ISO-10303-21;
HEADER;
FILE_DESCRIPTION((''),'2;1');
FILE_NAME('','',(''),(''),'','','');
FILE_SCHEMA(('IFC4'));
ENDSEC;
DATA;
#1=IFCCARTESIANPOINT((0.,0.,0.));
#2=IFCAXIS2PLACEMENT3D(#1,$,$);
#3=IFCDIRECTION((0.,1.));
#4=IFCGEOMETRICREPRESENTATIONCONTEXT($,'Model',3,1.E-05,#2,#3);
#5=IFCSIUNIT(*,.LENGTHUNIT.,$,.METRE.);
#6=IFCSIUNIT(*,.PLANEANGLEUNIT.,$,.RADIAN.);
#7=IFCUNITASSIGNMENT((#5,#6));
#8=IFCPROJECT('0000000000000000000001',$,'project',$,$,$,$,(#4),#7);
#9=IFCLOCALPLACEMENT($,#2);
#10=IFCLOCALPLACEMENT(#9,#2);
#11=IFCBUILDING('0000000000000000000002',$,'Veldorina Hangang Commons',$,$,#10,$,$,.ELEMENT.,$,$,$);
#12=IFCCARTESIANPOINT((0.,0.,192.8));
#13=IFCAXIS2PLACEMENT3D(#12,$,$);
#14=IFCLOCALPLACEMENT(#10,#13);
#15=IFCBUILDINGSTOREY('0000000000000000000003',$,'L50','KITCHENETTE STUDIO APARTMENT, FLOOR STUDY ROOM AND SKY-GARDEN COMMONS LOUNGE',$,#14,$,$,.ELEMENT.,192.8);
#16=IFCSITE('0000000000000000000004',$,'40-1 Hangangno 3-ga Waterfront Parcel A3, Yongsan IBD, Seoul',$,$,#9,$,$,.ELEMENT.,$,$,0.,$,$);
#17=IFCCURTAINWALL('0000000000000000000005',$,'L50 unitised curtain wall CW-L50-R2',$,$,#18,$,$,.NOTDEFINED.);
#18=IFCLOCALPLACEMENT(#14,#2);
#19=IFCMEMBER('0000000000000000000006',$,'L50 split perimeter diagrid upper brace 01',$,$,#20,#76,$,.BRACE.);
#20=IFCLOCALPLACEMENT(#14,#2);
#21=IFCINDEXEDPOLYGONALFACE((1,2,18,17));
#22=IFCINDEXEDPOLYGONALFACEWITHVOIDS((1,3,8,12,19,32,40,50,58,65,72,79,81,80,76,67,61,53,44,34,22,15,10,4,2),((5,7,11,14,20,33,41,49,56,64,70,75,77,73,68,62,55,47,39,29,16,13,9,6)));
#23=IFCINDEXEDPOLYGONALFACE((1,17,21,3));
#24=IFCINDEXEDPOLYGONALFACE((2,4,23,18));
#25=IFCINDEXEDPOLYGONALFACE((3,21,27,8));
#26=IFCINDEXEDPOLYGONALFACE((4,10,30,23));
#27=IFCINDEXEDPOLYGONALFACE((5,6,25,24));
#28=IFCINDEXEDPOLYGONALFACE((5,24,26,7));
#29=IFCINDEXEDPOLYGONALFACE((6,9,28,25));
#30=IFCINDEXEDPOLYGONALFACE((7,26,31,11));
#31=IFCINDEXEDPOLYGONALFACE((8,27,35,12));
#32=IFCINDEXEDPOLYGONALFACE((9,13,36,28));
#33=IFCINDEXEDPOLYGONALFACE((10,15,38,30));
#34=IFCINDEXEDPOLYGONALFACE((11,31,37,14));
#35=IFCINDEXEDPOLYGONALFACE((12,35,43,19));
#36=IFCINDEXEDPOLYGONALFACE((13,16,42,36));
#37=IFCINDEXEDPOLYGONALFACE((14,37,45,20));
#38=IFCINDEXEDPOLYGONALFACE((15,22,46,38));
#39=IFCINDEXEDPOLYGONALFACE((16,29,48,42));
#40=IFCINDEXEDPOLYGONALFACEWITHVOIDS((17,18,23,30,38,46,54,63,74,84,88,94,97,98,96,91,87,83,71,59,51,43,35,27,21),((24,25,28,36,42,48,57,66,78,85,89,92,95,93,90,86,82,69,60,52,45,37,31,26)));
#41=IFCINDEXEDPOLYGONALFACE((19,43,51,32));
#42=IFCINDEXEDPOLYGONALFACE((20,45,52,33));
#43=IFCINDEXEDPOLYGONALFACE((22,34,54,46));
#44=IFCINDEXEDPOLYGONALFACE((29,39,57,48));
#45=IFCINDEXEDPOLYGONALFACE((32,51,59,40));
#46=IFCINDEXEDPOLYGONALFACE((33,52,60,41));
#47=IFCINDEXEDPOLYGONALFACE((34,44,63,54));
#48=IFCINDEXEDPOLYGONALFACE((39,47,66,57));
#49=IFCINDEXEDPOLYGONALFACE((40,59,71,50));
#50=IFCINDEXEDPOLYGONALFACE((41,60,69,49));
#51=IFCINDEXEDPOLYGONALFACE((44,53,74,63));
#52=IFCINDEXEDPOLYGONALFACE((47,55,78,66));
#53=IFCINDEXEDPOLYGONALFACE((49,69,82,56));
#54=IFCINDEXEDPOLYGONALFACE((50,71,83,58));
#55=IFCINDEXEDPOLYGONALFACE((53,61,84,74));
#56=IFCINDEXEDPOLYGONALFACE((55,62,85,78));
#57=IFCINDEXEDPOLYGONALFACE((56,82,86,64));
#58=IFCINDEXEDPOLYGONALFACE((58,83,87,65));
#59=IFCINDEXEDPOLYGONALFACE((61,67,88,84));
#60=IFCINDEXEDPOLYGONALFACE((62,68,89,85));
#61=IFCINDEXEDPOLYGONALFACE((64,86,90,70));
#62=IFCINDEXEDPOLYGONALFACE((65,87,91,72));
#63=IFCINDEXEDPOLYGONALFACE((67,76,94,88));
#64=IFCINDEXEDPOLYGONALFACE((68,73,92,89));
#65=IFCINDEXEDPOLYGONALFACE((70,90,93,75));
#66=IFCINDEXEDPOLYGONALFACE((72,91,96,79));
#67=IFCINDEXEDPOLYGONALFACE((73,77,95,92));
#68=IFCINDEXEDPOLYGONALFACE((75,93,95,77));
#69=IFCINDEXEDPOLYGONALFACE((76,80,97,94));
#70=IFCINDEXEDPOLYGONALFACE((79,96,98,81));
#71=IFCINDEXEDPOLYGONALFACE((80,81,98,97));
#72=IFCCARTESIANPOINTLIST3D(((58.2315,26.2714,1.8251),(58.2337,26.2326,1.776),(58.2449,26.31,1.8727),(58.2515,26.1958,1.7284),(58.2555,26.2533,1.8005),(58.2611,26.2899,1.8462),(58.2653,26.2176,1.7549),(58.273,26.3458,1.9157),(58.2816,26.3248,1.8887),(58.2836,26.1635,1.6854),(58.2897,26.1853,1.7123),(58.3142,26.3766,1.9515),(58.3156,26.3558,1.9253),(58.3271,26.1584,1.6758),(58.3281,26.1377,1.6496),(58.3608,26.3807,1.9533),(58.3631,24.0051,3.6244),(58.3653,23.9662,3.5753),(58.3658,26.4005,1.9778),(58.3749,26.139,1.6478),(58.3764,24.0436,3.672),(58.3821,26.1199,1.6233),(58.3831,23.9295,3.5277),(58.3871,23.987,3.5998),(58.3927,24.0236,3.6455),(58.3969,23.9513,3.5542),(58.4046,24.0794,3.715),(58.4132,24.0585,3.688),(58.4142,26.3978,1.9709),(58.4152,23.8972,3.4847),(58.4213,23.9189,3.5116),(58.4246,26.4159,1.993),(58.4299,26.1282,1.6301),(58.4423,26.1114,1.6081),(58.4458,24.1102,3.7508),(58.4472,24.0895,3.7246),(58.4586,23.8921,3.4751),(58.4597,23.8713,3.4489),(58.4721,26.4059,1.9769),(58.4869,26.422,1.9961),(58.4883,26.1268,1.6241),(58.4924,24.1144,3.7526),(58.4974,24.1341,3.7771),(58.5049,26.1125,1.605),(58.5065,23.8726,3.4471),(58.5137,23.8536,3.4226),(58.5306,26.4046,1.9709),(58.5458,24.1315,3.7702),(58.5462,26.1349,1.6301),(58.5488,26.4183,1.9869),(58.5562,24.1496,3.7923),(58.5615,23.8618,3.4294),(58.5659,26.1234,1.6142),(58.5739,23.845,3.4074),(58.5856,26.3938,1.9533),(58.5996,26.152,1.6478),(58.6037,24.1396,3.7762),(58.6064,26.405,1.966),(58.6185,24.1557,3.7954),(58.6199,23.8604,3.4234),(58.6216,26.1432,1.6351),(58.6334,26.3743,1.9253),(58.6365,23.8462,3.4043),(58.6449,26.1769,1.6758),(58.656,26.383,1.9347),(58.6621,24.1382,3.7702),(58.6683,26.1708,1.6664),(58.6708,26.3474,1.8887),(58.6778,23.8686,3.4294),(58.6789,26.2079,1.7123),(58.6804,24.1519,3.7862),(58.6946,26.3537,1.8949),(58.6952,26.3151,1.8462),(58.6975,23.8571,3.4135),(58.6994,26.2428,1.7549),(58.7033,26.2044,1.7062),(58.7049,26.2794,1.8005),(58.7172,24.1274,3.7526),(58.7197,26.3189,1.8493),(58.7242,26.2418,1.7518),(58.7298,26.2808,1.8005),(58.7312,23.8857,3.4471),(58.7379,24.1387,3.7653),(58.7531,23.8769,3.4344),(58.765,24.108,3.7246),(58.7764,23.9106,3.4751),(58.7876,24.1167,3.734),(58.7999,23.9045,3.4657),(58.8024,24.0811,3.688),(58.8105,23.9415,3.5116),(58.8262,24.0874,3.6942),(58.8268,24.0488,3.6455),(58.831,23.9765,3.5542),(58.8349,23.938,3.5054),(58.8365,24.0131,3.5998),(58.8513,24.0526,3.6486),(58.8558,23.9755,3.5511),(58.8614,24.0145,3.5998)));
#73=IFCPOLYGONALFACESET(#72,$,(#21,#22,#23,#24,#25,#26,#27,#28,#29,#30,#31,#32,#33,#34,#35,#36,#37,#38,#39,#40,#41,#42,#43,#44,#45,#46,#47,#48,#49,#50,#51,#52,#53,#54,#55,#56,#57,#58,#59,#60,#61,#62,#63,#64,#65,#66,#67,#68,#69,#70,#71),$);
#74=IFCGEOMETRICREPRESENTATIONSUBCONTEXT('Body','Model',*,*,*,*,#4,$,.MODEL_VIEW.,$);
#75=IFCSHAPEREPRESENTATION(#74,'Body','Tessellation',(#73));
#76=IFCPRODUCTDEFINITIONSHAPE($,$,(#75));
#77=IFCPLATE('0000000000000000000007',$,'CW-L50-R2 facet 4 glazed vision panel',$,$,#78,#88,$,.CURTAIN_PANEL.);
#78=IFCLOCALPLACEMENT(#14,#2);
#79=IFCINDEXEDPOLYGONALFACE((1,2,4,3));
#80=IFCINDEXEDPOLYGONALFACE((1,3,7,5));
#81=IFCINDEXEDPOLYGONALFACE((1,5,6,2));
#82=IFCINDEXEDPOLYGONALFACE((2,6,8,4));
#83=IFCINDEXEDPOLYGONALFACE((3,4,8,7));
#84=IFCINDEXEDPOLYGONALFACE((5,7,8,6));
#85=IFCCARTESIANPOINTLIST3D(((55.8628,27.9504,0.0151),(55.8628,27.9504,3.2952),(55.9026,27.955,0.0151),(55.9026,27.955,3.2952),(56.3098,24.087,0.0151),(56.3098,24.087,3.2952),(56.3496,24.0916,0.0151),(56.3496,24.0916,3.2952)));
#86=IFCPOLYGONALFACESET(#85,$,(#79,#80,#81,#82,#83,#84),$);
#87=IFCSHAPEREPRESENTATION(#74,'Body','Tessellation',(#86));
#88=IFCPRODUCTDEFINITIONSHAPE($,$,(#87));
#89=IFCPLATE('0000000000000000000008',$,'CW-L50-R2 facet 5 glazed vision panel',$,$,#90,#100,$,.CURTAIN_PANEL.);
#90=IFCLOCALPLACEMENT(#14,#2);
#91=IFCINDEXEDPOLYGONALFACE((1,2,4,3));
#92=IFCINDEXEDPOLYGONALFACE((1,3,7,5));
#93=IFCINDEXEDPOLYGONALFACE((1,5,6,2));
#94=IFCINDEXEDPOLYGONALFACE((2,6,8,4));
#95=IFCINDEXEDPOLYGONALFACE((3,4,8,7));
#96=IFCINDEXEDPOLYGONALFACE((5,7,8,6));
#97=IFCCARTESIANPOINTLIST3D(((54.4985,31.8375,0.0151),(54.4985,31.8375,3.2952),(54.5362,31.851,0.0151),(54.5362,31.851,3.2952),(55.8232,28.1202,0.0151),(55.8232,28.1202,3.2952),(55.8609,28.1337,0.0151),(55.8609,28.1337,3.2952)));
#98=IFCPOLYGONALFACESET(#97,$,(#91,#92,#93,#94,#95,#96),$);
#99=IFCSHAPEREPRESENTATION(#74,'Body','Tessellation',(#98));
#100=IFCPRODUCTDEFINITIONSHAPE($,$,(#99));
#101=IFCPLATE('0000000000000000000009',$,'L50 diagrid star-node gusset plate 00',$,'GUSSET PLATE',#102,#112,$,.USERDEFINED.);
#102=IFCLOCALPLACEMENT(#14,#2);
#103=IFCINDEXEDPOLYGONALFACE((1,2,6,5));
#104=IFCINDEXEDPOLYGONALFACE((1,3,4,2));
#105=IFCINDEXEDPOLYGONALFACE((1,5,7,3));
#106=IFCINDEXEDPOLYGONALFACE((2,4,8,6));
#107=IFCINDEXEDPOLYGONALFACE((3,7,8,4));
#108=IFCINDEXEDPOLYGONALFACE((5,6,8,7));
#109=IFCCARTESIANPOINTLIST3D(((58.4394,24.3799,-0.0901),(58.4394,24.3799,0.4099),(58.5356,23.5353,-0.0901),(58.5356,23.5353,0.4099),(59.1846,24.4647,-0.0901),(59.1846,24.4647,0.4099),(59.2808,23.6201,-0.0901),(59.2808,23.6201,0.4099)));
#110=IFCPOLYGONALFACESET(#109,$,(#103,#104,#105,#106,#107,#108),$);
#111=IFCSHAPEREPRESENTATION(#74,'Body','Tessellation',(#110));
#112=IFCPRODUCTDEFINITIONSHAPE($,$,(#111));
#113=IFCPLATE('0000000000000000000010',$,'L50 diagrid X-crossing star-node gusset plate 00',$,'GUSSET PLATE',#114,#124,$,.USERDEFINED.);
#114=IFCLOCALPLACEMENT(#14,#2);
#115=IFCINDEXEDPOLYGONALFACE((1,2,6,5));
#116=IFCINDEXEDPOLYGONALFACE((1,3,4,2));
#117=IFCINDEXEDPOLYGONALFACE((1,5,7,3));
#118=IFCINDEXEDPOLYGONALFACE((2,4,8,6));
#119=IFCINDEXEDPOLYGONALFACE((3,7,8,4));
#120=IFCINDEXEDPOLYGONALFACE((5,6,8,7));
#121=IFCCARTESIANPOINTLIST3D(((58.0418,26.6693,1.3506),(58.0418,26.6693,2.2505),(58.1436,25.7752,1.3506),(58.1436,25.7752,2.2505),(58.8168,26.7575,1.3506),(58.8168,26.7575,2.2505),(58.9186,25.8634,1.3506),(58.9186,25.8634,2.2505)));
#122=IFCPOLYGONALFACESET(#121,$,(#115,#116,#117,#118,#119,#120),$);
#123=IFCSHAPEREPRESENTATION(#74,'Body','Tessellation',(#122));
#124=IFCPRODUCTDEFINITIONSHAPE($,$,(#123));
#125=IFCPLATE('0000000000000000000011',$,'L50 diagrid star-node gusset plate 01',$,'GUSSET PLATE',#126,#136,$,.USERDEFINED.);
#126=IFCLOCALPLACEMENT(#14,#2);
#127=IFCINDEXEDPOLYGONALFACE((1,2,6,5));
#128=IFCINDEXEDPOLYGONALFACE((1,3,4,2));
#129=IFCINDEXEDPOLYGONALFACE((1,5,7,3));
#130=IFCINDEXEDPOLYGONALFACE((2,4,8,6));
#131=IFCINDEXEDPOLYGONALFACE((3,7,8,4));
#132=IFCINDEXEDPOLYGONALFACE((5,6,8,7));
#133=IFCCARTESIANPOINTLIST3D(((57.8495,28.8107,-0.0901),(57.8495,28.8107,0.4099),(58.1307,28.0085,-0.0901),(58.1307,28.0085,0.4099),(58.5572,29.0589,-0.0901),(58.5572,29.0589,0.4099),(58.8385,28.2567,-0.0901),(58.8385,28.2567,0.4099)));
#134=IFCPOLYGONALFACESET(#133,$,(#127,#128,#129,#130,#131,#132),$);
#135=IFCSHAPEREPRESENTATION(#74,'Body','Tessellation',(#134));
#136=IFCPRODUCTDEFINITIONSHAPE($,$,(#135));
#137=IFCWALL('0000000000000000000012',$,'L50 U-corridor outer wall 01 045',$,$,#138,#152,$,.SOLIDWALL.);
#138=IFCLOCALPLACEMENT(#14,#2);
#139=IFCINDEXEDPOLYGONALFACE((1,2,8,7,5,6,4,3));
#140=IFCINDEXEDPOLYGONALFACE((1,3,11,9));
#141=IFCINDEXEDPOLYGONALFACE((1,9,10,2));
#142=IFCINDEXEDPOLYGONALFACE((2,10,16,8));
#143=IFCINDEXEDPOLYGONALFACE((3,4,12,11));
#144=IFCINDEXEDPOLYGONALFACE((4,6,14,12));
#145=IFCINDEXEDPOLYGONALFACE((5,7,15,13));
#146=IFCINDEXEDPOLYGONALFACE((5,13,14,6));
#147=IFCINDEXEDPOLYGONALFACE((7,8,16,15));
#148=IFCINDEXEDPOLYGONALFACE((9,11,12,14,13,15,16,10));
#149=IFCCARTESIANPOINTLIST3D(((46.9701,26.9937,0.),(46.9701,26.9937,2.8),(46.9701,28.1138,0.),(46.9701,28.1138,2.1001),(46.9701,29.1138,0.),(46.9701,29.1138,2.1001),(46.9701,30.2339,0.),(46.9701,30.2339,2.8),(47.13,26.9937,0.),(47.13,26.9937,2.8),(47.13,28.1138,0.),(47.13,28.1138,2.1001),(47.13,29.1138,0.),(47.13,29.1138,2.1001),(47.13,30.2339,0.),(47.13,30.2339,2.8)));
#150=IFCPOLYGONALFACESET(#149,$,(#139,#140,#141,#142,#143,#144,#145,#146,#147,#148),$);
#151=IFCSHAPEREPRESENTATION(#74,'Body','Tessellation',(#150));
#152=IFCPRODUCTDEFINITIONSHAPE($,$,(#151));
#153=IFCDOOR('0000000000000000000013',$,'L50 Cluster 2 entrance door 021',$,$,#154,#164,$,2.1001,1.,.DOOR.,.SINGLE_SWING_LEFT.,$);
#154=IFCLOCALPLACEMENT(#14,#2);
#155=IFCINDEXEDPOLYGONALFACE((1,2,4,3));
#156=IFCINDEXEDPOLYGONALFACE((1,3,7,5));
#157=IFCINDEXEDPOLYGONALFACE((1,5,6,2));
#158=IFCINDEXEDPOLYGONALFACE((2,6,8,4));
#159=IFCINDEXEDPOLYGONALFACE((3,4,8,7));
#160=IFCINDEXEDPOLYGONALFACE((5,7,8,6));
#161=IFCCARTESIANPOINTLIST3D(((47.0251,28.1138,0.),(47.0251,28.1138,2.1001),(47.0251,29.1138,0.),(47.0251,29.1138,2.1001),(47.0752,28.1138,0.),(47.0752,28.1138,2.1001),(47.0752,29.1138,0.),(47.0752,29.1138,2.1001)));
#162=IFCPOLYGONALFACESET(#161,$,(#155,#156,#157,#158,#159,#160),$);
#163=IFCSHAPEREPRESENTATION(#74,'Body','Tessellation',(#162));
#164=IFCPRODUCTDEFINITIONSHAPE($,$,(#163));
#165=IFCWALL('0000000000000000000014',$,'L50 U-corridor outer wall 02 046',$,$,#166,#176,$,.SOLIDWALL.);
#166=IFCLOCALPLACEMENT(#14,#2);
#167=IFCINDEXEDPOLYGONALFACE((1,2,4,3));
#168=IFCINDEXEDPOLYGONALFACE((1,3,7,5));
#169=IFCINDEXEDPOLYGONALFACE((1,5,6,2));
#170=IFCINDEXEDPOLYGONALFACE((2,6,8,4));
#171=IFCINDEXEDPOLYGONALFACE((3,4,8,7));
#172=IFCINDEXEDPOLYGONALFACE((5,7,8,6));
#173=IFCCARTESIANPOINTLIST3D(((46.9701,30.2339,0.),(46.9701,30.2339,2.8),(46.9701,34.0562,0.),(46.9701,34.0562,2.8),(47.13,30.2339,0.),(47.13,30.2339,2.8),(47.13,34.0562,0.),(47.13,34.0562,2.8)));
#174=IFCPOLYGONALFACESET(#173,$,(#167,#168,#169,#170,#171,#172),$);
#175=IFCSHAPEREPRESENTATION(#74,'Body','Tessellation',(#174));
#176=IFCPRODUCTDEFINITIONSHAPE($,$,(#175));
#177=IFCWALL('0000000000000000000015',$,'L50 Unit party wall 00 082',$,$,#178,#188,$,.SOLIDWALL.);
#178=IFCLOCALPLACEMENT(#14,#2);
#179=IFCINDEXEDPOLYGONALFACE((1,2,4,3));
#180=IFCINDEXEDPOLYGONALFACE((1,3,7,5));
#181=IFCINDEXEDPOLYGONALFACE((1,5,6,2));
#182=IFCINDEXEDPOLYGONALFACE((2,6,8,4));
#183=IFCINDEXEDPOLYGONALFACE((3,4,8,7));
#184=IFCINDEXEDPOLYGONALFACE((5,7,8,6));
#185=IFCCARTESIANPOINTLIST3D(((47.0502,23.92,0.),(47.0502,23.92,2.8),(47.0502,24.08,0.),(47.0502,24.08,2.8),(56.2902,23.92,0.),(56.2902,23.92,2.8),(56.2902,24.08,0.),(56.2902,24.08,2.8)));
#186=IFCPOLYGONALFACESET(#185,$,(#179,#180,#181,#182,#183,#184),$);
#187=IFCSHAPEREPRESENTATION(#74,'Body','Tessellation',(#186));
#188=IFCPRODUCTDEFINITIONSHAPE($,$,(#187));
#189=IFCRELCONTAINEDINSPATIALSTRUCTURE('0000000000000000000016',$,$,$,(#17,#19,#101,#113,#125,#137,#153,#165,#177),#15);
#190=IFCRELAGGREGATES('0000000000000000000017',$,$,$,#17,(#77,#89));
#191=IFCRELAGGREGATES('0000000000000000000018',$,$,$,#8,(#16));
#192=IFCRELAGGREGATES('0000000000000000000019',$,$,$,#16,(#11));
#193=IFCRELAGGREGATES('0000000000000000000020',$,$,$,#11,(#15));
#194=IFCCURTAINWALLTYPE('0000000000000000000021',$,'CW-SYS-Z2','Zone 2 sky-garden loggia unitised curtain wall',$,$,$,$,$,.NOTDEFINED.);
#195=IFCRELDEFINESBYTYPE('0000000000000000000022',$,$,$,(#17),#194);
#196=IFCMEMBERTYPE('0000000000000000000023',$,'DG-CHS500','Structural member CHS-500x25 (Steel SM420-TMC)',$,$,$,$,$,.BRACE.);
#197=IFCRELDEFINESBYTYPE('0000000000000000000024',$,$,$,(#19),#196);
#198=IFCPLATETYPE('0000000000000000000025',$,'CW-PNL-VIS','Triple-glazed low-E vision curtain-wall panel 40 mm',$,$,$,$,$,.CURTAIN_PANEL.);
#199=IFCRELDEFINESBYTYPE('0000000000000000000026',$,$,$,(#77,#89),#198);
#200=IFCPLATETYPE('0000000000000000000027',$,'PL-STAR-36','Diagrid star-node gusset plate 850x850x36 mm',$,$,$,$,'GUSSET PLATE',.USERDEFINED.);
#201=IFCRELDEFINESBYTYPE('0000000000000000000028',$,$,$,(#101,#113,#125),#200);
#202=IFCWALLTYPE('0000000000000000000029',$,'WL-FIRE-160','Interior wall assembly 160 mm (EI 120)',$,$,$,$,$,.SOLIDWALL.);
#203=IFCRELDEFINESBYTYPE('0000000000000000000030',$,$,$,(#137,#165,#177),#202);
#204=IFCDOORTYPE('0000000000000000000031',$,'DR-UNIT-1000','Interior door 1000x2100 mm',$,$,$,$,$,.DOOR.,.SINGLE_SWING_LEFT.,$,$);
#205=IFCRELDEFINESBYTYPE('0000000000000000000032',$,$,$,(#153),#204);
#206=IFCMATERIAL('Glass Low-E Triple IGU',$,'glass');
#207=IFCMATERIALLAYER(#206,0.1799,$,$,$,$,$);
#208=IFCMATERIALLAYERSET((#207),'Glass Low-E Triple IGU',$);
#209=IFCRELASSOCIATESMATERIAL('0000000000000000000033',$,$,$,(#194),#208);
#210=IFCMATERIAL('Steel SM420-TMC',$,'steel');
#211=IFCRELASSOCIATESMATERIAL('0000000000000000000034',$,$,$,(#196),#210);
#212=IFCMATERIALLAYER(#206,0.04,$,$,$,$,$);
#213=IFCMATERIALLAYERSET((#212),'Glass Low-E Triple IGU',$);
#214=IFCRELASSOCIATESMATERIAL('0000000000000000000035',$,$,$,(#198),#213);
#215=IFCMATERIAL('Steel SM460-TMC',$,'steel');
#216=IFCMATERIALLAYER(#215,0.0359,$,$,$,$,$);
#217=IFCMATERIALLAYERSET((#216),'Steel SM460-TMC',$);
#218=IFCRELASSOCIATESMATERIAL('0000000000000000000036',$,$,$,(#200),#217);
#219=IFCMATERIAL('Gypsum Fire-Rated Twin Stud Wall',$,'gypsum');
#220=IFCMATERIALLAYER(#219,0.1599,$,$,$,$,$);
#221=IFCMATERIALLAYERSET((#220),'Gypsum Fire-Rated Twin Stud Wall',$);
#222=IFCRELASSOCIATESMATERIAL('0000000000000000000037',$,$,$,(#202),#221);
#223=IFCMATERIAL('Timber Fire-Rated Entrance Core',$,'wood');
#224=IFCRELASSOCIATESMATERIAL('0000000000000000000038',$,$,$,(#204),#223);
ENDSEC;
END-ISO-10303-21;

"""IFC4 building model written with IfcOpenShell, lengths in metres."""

from ifc_helpers import new_model, si_unit, direction, frame, frame_2d, origin, origin_2d, place, context, subcontext, project, spatial, rectangle, hollow_circle, extrude, material, layer, layer_set, material_profile, profile_set, type_object, element, fill, aggregate, save


model = new_model("IFC4")

# Units and contexts
model_context = context("Model", 3, precision=1e-05, world=origin(), true_north=direction((0.0, 1.0)))
body_context = subcontext(model_context, "Body", "Model", "MODEL_VIEW")
ifc_project = project(units=[si_unit("LENGTHUNIT", "METRE"), si_unit("PLANEANGLEUNIT", "RADIAN")], contexts=[model_context])

# Site, building, storey
site_placement = place(None, origin())
site = spatial("IfcSite", under=ifc_project, at=site_placement, Name="40-1 Hangangno 3-ga Waterfront Parcel A3, Yongsan IBD, Seoul", CompositionType="ELEMENT", RefElevation=0.0)
building_placement = place(site_placement, origin())
building = spatial("IfcBuilding", under=site, at=building_placement, Name="Veldorina Hangang Commons", CompositionType="ELEMENT")
storey_placement = place(building_placement, frame((0.0, 0.0, 192.8)))
storey = spatial("IfcBuildingStorey", under=building, at=storey_placement, Name="L50", Description="KITCHENETTE STUDIO APARTMENT, FLOOR STUDY ROOM AND SKY-GARDEN COMMONS LOUNGE", CompositionType="ELEMENT", Elevation=192.8)

# Shared definitions
ifc_material_1 = material(Name="Steel SM420-TMC", Category="steel")

# Curtain wall
ifc_material_2 = material(Name="Glass Low-E Triple IGU", Category="glass")
ifc_layer_1 = layer(ifc_material_2, 0.1799)
ifc_layer_set_1 = layer_set([ifc_layer_1], Name="Glass Low-E Triple IGU")
curtain_wall_type = type_object("IfcCurtainWallType", Name="CW-SYS-Z2", Description="Zone 2 sky-garden loggia unitised curtain wall", PredefinedType="NOTDEFINED", material=ifc_layer_set_1)
curtain_wall_placement = place(storey_placement, origin())
curtain_wall = element("IfcCurtainWall", 1, at=curtain_wall_placement, inside=storey, type_object=curtain_wall_type, Name="L50 unitised curtain wall CW-L50-R2", PredefinedType="NOTDEFINED")

# Member
ifc_material_profile_1 = material_profile(ifc_material_1, hollow_circle(Radius=0.25, WallThickness=0.0249, at=origin_2d()), Name="CHS-500x25")
ifc_profile_set_1 = profile_set([ifc_material_profile_1], Name="Steel SM420-TMC")
member_type_1 = type_object("IfcMemberType", Name="DG-CHS500", Description="Structural member CHS-500x25 (Steel SM420-TMC)", PredefinedType="BRACE", material=ifc_profile_set_1)
member_1_placement = place(storey_placement, frame((58.4802, 26.2664, 1.8005), z_axis=(0.045427, -0.782376, 0.621147), x_axis=(0.998319, 0.057965, 0.0)))
element("IfcMember", 2, at=member_1_placement, inside=storey, type_object=member_type_1, Name="L50 split perimeter diagrid upper brace 01", PredefinedType="BRACE", context=body_context, shape_type="SweptSolid", body=[
    extrude(hollow_circle(Radius=0.25, WallThickness=0.0249, at=origin_2d()), origin(), (0.0, 0.0, 1.0), 2.8967),
])

# Plates
ifc_layer_2 = layer(ifc_material_2, 0.04)
ifc_layer_set_2 = layer_set([ifc_layer_2], Name="Glass Low-E Triple IGU")
plate_type_1 = type_object("IfcPlateType", Name="CW-PNL-VIS", Description="Triple-glazed low-E vision curtain-wall panel 40 mm", PredefinedType="CURTAIN_PANEL", material=ifc_layer_set_2)
plate_1_placement = place(storey_placement, frame((56.1062, 26.021, 0.0151), z_axis=(0.0, 0.0, 1.0), x_axis=(-0.114937, 0.993373, 0.0)))
plate_1 = element("IfcPlate", 3, at=plate_1_placement, type_object=plate_type_1, Name="CW-L50-R2 facet 4 glazed vision panel", PredefinedType="CURTAIN_PANEL", context=body_context, shape_type="SweptSolid", body=[
    extrude(rectangle(XDim=3.8892, YDim=0.04, at=origin_2d()), origin(), (0.0, 0.0, 1.0), 3.28),
])
plate_2_placement = place(storey_placement, frame((55.1797, 29.9856, 0.0151), z_axis=(0.0, 0.0, 1.0), x_axis=(-0.335682, 0.941975, 0.0)))
plate_2 = element("IfcPlate", 4, at=plate_2_placement, type_object=plate_type_1, Name="CW-L50-R2 facet 5 glazed vision panel", PredefinedType="CURTAIN_PANEL", context=body_context, shape_type="SweptSolid", body=[
    extrude(rectangle(XDim=3.9463, YDim=0.04, at=origin_2d()), origin(), (0.0, 0.0, 1.0), 3.28),
])
aggregate(curtain_wall, [plate_1, plate_2])

# Plates
ifc_material_3 = material(Name="Steel SM460-TMC", Category="steel")
ifc_layer_3 = layer(ifc_material_3, 0.0359)
ifc_layer_set_3 = layer_set([ifc_layer_3], Name="Steel SM460-TMC")
plate_type_2 = type_object("IfcPlateType", Name="PL-STAR-36", Description="Diagrid star-node gusset plate 850x850x36 mm", ElementType="GUSSET PLATE", PredefinedType="USERDEFINED", material=ifc_layer_set_3)
plate_3_placement = place(storey_placement, frame((58.8601, 24.0, -0.0901), z_axis=(0.0, 0.0, 1.0), x_axis=(-0.113099, 0.993584, 0.0)))
element("IfcPlate", 5, at=plate_3_placement, inside=storey, type_object=plate_type_2, Name="L50 diagrid star-node gusset plate 00", ObjectType="GUSSET PLATE", PredefinedType="USERDEFINED", context=body_context, shape_type="SweptSolid", body=[
    extrude(rectangle(XDim=0.8501, YDim=0.75, at=origin_2d()), origin(), (0.0, 0.0, 1.0), 0.5),
])
plate_4_placement = place(storey_placement, frame((58.4802, 26.2664, 1.3506), z_axis=(0.0, 0.0, 1.0), x_axis=(-0.113099, 0.993584, 0.0)))
element("IfcPlate", 6, at=plate_4_placement, inside=storey, type_object=plate_type_2, Name="L50 diagrid X-crossing star-node gusset plate 00", ObjectType="GUSSET PLATE", PredefinedType="USERDEFINED", context=body_context, shape_type="SweptSolid", body=[
    extrude(rectangle(XDim=0.8999, YDim=0.78, at=origin_2d()), origin(), (0.0, 0.0, 1.0), 0.8999),
])
plate_5_placement = place(storey_placement, frame((58.344, 28.5337, -0.0901), z_axis=(0.0, 0.0, 1.0), x_axis=(-0.33086, 0.94368, 0.0)))
element("IfcPlate", 7, at=plate_5_placement, inside=storey, type_object=plate_type_2, Name="L50 diagrid star-node gusset plate 01", ObjectType="GUSSET PLATE", PredefinedType="USERDEFINED", context=body_context, shape_type="SweptSolid", body=[
    extrude(rectangle(XDim=0.8501, YDim=0.75, at=origin_2d()), origin(), (0.0, 0.0, 1.0), 0.5),
])

# Wall, opening, door
ifc_material_4 = material(Name="Gypsum Fire-Rated Twin Stud Wall", Category="gypsum")
ifc_layer_4 = layer(ifc_material_4, 0.1599)
ifc_layer_set_4 = layer_set([ifc_layer_4], Name="Gypsum Fire-Rated Twin Stud Wall")
wall_type_1 = type_object("IfcWallType", Name="WL-FIRE-160", Description="Interior wall assembly 160 mm (EI 120)", PredefinedType="SOLIDWALL", material=ifc_layer_set_4)
wall_1_placement = place(storey_placement, frame((47.05, 26.9937, 0.0), z_axis=(0.0, 0.0, 1.0), x_axis=(0.0, 1.0, 0.0)))
wall_1 = element("IfcWall", 8, at=wall_1_placement, inside=storey, type_object=wall_type_1, Name="L50 U-corridor outer wall 01 045", PredefinedType="SOLIDWALL", context=body_context, shape_type="SweptSolid", body=[
    extrude(rectangle(XDim=3.2402, YDim=0.1599, at=frame_2d((1.6201, 0.0))), origin(), (0.0, 0.0, 1.0), 2.8),
])
opening_1_placement = place(wall_1_placement, frame((1.1201, 0.0, 0.0)))
opening_1 = element("IfcOpeningElement", 9, at=opening_1_placement, cuts=wall_1, PredefinedType="OPENING", context=body_context, shape_type="SweptSolid", body=[
    extrude(rectangle(XDim=1.0, YDim=2.1001, at=frame_2d((0.5, 1.05))), frame((0.0, 0.0898, 0.0), z_axis=(0.0, -1.0, 0.0), x_axis=(1.0, 0.0, 0.0)), (0.0, 0.0, 1.0), 0.1799),
])
ifc_material_5 = material(Name="Timber Fire-Rated Entrance Core", Category="wood")
door_type_1 = type_object("IfcDoorType", Name="DR-UNIT-1000", Description="Interior door 1000x2100 mm", OperationType="SINGLE_SWING_LEFT", PredefinedType="DOOR", material=ifc_material_5)
door_1_placement = place(opening_1_placement, origin())
door_1 = element("IfcDoor", 10, at=door_1_placement, inside=storey, type_object=door_type_1, Name="L50 Cluster 2 entrance door 021", OperationType="SINGLE_SWING_LEFT", OverallHeight=2.1001, OverallWidth=1.0, PredefinedType="DOOR", context=body_context, shape_type="SweptSolid", body=[
    extrude(rectangle(XDim=1.0, YDim=2.1001, at=frame_2d((0.5, 1.05))), frame((0.0, 0.0249, 0.0), z_axis=(0.0, -1.0, 0.0), x_axis=(1.0, 0.0, 0.0)), (0.0, 0.0, 1.0), 0.05),
])
fill(opening_1, door_1)

# Walls
wall_2_placement = place(storey_placement, frame((47.05, 30.2339, 0.0), z_axis=(0.0, 0.0, 1.0), x_axis=(0.0, 1.0, 0.0)))
element("IfcWall", 11, at=wall_2_placement, inside=storey, type_object=wall_type_1, Name="L50 U-corridor outer wall 02 046", PredefinedType="SOLIDWALL", context=body_context, shape_type="SweptSolid", body=[
    extrude(rectangle(XDim=3.8223, YDim=0.1599, at=frame_2d((1.9111, 0.0))), origin(), (0.0, 0.0, 1.0), 2.8),
])
wall_3_placement = place(storey_placement, frame((47.05, 24.0, 0.0), z_axis=(0.0, 0.0, 1.0), x_axis=(1.0, 0.0, 0.0)))
element("IfcWall", 12, at=wall_3_placement, inside=storey, type_object=wall_type_1, Name="L50 Unit party wall 00 082", PredefinedType="SOLIDWALL", context=body_context, shape_type="SweptSolid", body=[
    extrude(rectangle(XDim=9.24, YDim=0.1599, at=frame_2d((4.6201, 0.0))), origin(), (0.0, 0.0, 1.0), 2.8),
])

save(model, "model.ifc")
